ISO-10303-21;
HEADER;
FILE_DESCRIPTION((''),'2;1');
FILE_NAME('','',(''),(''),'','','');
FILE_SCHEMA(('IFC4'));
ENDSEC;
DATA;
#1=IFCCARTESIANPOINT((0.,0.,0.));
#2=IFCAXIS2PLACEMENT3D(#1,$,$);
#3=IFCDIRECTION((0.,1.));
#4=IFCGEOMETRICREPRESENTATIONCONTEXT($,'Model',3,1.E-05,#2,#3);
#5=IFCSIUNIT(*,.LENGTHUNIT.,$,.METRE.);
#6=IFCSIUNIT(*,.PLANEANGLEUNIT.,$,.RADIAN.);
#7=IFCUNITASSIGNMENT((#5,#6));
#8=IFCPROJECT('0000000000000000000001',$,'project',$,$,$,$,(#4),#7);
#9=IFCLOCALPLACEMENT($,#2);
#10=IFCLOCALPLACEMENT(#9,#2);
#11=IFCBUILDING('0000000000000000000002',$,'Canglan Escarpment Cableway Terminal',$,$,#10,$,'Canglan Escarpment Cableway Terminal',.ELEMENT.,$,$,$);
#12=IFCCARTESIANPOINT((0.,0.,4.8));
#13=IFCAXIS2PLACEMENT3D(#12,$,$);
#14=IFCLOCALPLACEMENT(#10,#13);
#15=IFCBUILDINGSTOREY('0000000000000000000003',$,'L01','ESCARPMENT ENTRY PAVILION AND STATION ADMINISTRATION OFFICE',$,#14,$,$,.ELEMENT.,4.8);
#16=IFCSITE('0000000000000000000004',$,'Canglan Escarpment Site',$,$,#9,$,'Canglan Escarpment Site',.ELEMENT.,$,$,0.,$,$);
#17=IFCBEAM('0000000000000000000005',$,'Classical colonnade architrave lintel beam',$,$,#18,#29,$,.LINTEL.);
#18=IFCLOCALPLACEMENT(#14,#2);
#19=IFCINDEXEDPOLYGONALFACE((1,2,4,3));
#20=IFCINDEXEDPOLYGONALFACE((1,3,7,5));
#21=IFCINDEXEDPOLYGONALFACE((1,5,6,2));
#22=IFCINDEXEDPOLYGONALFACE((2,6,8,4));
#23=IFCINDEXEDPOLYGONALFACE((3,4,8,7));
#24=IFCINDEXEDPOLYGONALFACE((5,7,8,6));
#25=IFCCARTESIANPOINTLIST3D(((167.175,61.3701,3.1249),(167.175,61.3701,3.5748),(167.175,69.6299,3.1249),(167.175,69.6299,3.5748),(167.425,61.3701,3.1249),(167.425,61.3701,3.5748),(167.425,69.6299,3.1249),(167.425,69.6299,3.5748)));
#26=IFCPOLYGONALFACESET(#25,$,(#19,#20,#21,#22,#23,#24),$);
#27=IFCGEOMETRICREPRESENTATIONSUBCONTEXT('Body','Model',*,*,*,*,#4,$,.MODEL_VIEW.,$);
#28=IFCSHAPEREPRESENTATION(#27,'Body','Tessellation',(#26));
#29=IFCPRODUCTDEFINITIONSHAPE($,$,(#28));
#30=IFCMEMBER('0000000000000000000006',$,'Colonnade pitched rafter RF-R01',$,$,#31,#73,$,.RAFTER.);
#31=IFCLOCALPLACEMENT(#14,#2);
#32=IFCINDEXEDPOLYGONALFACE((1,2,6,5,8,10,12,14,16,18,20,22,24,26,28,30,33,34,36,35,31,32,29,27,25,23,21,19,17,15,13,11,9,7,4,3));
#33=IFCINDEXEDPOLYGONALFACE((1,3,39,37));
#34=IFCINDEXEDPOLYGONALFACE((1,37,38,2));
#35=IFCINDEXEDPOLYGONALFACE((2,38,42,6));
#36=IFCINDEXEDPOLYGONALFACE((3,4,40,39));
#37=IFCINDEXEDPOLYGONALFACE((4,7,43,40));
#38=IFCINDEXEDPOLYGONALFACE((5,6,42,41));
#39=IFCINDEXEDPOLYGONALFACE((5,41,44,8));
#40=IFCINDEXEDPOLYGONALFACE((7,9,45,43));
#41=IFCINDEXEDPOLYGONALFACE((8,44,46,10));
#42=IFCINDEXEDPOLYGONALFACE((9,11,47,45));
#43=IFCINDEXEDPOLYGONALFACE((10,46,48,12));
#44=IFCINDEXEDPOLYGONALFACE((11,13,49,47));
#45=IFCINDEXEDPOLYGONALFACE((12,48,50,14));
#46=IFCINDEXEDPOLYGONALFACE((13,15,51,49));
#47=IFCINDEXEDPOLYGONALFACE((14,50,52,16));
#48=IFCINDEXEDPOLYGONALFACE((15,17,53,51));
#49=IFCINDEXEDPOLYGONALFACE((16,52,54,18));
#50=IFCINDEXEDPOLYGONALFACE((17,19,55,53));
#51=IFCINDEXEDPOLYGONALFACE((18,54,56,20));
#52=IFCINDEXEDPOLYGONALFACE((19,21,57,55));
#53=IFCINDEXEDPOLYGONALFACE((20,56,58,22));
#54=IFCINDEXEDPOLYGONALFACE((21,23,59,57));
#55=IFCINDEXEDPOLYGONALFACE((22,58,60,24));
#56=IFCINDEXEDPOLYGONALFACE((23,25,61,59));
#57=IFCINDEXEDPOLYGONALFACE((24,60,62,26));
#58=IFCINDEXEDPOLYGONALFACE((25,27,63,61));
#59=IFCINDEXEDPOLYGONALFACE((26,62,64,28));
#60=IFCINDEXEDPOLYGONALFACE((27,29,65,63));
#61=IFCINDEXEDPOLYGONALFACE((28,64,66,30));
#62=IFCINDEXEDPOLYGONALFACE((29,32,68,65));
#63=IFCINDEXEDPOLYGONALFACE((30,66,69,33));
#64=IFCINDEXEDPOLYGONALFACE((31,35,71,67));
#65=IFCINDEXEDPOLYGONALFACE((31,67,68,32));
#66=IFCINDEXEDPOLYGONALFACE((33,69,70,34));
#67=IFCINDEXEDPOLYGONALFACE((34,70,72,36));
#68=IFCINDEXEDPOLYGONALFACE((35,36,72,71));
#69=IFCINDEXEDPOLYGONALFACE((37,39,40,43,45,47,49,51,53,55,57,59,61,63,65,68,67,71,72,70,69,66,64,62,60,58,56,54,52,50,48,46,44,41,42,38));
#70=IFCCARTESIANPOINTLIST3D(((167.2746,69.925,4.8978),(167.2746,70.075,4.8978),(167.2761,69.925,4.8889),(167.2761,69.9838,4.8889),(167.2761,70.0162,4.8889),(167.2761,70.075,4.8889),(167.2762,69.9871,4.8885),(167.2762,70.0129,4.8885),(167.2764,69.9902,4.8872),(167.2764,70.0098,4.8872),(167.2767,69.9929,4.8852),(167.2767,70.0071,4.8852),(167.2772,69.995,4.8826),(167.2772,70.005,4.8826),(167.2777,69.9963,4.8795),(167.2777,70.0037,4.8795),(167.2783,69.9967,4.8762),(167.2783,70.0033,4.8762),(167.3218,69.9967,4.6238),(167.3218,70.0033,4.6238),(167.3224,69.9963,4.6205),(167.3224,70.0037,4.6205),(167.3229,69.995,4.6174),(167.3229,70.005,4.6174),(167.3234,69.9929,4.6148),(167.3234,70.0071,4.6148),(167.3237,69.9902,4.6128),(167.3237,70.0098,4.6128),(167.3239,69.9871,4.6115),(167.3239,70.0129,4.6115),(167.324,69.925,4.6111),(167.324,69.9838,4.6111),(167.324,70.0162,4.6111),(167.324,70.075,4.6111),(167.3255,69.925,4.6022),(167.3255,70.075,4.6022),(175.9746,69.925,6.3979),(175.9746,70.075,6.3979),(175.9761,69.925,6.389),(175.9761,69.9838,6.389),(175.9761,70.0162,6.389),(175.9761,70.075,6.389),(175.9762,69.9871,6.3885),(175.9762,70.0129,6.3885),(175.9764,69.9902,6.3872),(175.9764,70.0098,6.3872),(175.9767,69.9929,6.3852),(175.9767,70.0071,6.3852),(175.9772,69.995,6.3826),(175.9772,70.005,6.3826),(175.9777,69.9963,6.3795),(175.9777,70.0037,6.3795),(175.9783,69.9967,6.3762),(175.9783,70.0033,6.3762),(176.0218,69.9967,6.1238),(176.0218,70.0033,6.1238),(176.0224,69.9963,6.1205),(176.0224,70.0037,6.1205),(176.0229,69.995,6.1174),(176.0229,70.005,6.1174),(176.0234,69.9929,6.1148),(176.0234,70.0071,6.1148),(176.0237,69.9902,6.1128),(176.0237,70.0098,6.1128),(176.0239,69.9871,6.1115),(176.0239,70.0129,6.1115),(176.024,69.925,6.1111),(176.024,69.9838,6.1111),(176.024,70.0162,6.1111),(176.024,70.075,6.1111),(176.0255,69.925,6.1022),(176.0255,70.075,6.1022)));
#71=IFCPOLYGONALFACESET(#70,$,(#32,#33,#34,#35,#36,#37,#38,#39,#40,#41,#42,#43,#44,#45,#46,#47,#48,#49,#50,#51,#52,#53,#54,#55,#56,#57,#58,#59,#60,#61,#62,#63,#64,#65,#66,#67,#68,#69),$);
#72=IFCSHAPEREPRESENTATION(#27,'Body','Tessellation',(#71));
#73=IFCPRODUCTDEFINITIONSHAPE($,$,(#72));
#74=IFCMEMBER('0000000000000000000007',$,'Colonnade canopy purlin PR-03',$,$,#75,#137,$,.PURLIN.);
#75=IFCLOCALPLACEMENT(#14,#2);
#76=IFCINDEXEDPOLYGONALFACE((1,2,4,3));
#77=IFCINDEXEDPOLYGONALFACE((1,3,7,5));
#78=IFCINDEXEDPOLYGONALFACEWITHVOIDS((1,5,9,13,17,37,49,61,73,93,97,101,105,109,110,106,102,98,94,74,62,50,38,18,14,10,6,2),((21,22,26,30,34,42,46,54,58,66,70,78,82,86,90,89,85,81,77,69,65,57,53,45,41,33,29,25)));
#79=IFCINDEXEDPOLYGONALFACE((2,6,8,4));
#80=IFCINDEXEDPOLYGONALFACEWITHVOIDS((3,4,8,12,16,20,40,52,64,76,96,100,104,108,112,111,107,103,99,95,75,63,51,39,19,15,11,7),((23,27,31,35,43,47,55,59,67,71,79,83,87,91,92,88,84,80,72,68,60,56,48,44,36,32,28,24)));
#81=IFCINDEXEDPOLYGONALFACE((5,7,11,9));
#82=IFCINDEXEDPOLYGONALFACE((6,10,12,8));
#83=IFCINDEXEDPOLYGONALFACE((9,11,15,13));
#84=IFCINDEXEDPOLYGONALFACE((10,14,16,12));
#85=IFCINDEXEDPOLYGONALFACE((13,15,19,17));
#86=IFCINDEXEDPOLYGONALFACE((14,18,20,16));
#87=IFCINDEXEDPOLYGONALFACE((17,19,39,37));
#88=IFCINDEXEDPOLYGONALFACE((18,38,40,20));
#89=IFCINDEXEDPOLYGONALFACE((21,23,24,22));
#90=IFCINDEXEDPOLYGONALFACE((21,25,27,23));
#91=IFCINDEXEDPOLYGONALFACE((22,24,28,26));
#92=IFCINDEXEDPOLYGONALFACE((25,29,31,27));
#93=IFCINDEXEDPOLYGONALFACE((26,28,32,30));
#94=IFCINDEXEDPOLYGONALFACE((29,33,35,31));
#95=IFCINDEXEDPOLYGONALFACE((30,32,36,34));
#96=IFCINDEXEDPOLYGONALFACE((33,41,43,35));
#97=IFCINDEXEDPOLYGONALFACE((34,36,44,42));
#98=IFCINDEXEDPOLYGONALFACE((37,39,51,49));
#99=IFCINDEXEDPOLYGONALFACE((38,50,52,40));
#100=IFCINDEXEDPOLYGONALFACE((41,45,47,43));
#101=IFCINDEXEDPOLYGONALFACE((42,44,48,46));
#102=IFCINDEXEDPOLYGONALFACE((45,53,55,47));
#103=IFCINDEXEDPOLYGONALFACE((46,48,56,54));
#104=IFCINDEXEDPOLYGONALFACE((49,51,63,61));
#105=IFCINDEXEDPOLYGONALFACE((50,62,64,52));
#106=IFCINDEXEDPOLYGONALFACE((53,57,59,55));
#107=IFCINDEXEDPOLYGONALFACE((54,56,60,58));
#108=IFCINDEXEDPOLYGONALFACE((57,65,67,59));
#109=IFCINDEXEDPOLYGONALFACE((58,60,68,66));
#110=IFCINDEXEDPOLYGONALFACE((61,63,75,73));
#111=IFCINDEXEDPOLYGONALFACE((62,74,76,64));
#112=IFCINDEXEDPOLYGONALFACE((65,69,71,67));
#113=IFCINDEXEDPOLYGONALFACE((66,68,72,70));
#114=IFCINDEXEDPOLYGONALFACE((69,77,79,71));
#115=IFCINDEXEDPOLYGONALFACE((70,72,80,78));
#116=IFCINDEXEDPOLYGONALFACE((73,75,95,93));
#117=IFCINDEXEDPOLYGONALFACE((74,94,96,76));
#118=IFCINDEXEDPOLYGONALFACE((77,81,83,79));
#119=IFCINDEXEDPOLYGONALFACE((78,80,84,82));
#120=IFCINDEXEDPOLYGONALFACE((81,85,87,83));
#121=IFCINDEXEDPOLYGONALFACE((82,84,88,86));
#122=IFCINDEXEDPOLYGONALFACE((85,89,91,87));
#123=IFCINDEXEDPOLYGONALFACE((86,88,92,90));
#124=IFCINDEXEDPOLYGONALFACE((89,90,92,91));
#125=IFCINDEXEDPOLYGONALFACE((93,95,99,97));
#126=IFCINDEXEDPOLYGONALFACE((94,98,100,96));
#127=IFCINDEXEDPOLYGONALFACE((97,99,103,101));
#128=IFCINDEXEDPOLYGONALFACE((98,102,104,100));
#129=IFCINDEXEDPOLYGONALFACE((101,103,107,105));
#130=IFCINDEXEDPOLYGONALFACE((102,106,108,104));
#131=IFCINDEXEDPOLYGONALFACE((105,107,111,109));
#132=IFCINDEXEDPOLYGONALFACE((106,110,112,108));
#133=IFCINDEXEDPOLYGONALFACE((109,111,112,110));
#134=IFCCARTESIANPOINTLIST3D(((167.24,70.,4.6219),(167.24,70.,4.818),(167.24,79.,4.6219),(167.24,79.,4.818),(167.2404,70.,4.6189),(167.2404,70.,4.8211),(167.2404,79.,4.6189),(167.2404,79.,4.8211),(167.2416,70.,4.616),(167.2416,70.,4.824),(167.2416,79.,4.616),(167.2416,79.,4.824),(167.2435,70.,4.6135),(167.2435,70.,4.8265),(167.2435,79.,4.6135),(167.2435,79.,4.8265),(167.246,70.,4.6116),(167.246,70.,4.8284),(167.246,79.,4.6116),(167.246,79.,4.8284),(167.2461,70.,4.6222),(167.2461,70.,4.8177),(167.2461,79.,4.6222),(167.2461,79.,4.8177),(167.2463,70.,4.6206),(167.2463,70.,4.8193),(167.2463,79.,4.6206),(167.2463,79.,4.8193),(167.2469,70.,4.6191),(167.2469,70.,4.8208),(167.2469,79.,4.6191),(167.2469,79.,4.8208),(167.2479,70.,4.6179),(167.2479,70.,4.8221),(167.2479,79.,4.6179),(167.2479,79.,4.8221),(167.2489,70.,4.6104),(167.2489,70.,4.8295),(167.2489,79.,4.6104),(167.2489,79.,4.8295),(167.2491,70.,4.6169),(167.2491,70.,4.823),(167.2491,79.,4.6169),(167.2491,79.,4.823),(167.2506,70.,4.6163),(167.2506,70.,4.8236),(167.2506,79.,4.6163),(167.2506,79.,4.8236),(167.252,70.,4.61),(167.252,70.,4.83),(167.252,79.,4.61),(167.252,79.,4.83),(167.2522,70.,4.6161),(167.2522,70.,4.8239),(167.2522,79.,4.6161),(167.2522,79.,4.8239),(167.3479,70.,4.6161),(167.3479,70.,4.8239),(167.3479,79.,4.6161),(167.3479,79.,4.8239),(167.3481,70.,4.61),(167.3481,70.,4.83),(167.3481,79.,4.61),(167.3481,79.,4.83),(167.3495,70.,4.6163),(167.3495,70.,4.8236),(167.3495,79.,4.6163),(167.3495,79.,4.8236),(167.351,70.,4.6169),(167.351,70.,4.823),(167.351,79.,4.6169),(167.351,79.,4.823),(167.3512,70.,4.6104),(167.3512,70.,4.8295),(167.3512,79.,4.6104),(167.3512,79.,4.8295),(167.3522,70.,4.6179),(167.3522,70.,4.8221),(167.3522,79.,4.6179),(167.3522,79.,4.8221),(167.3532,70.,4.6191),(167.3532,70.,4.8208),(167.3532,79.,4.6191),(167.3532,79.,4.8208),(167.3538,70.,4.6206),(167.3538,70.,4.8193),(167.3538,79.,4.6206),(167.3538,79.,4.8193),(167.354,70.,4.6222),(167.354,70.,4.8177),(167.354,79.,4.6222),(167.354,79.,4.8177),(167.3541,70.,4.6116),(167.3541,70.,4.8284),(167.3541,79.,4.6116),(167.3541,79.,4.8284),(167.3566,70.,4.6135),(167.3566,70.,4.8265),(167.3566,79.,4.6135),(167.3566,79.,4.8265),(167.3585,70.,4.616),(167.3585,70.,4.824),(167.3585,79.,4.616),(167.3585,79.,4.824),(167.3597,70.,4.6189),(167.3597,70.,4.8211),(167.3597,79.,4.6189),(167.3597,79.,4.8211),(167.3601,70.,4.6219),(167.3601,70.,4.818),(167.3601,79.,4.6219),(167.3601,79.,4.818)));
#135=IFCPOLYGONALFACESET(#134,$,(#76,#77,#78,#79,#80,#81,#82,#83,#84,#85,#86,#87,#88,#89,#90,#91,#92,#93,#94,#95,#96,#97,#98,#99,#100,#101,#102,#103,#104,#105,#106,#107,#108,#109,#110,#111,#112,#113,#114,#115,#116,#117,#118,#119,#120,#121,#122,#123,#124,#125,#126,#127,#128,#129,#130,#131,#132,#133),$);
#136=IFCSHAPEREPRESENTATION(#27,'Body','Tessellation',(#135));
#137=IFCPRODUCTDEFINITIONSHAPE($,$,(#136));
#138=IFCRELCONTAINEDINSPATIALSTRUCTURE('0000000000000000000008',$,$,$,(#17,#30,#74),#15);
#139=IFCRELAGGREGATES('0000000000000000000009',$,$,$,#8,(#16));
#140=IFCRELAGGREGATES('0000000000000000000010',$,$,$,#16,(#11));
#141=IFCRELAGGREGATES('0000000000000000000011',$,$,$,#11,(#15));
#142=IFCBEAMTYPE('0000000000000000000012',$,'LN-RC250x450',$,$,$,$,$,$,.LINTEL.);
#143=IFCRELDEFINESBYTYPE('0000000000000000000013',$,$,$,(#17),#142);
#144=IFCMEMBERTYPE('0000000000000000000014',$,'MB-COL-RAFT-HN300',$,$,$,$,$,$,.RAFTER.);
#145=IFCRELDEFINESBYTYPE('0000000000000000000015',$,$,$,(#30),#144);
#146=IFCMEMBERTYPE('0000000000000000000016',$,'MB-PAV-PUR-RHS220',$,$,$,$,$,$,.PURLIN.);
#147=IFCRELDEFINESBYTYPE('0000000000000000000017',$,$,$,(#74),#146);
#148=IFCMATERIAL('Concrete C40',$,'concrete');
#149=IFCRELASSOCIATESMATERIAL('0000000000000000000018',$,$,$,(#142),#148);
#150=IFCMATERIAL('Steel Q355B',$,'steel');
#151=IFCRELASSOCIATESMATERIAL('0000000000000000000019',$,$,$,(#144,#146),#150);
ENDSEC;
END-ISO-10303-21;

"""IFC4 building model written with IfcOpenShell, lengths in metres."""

from ifc_helpers import new_model, si_unit, direction, frame, origin, origin_2d, place, context, subcontext, project, spatial, rectangle, hollow_rectangle, i_section, extrude, material, material_profile, profile_set, type_object, element, save


model = new_model("IFC4")

# Units and contexts
model_context = context("Model", 3, precision=1e-05, world=origin(), true_north=direction((0.0, 1.0)))
body_context = subcontext(model_context, "Body", "Model", "MODEL_VIEW")
ifc_project = project(units=[si_unit("LENGTHUNIT", "METRE"), si_unit("PLANEANGLEUNIT", "RADIAN")], contexts=[model_context])

# Site, building, storey
site_placement = place(None, origin())
site = spatial("IfcSite", under=ifc_project, at=site_placement, Name="Canglan Escarpment Site", LongName="Canglan Escarpment Site", CompositionType="ELEMENT", RefElevation=0.0)
building_placement = place(site_placement, origin())
building = spatial("IfcBuilding", under=site, at=building_placement, Name="Canglan Escarpment Cableway Terminal", LongName="Canglan Escarpment Cableway Terminal", CompositionType="ELEMENT")
storey_placement = place(building_placement, frame((0.0, 0.0, 4.8)))
storey = spatial("IfcBuildingStorey", under=building, at=storey_placement, Name="L01", Description="ESCARPMENT ENTRY PAVILION AND STATION ADMINISTRATION OFFICE", CompositionType="ELEMENT", Elevation=4.8)

# Shared definitions
ifc_material_1 = material(Name="Concrete C40", Category="concrete")

# Beam
ifc_material_2 = material(Name="Steel Q355B", Category="steel")
ifc_material_profile_1 = material_profile(ifc_material_1, rectangle(XDim=0.25, YDim=0.45, at=origin_2d()), Name="RC 250x450")
ifc_profile_set_1 = profile_set([ifc_material_profile_1], Name="Concrete C40")
beam_type_1 = type_object("IfcBeamType", Name="LN-RC250x450", PredefinedType="LINTEL", material=ifc_profile_set_1)
beam_1_placement = place(storey_placement, frame((167.3, 61.3701, 3.3499), z_axis=(0.0, 1.0, 0.0), x_axis=(-1.0, 0.0, 0.0)))
element("IfcBeam", 1, at=beam_1_placement, inside=storey, type_object=beam_type_1, Name="Classical colonnade architrave lintel beam", PredefinedType="LINTEL", context=body_context, shape_type="SweptSolid", body=[
    extrude(rectangle(XDim=0.25, YDim=0.45, at=origin_2d()), origin(), (0.0, 0.0, 1.0), 8.2598),
])

# Members
ifc_material_profile_2 = material_profile(ifc_material_2, i_section(OverallWidth=0.1499, OverallDepth=0.3, WebThickness=0.0066, FlangeThickness=0.009, FilletRadius=0.0129, at=origin_2d()), Name="HN 300x150x6.5x9")
ifc_profile_set_2 = profile_set([ifc_material_profile_2], Name="Steel Q355B")
member_type_1 = type_object("IfcMemberType", Name="MB-COL-RAFT-HN300", PredefinedType="RAFTER", material=ifc_profile_set_2)
member_1_placement = place(storey_placement, frame((167.3, 70.0, 4.75), z_axis=(0.98546, 0.0, 0.169908), x_axis=(0.0, 1.0, 0.0)))
element("IfcMember", 2, at=member_1_placement, inside=storey, type_object=member_type_1, Name="Colonnade pitched rafter RF-R01", PredefinedType="RAFTER", context=body_context, shape_type="SweptSolid", body=[
    extrude(i_section(OverallWidth=0.1499, OverallDepth=0.3, WebThickness=0.0066, FlangeThickness=0.009, FilletRadius=0.0129, at=origin_2d()), origin(), (0.0, 0.0, 1.0), 8.8284),
])
ifc_material_profile_3 = material_profile(ifc_material_2, hollow_rectangle(XDim=0.1201, YDim=0.22, WallThickness=0.0061, InnerFilletRadius=0.0061, OuterFilletRadius=0.012, at=origin_2d()), Name="RHS 220x120x6")
ifc_profile_set_3 = profile_set([ifc_material_profile_3], Name="Steel Q355B")
member_type_2 = type_object("IfcMemberType", Name="MB-PAV-PUR-RHS220", PredefinedType="PURLIN", material=ifc_profile_set_3)
for number, where, z_axis, x_axis, name in (
    (3, (167.3, 70.0, 4.72), (0.0, 1.0, 0.0), (-1.0, 0.0, 0.0), "Colonnade canopy purlin PR-03"),
):
    element("IfcMember", number, at=place(storey_placement, frame(where, z_axis=z_axis, x_axis=x_axis)), inside=storey, type_object=member_type_2, Name=name, PredefinedType="PURLIN", context=body_context, shape_type="SweptSolid", body=[
        extrude(hollow_rectangle(XDim=0.1201, YDim=0.22, WallThickness=0.0061, InnerFilletRadius=0.0061, OuterFilletRadius=0.012, at=origin_2d()), origin(), (0.0, 0.0, 1.0), 9.0),
    ])

save(model, "model.ifc")
